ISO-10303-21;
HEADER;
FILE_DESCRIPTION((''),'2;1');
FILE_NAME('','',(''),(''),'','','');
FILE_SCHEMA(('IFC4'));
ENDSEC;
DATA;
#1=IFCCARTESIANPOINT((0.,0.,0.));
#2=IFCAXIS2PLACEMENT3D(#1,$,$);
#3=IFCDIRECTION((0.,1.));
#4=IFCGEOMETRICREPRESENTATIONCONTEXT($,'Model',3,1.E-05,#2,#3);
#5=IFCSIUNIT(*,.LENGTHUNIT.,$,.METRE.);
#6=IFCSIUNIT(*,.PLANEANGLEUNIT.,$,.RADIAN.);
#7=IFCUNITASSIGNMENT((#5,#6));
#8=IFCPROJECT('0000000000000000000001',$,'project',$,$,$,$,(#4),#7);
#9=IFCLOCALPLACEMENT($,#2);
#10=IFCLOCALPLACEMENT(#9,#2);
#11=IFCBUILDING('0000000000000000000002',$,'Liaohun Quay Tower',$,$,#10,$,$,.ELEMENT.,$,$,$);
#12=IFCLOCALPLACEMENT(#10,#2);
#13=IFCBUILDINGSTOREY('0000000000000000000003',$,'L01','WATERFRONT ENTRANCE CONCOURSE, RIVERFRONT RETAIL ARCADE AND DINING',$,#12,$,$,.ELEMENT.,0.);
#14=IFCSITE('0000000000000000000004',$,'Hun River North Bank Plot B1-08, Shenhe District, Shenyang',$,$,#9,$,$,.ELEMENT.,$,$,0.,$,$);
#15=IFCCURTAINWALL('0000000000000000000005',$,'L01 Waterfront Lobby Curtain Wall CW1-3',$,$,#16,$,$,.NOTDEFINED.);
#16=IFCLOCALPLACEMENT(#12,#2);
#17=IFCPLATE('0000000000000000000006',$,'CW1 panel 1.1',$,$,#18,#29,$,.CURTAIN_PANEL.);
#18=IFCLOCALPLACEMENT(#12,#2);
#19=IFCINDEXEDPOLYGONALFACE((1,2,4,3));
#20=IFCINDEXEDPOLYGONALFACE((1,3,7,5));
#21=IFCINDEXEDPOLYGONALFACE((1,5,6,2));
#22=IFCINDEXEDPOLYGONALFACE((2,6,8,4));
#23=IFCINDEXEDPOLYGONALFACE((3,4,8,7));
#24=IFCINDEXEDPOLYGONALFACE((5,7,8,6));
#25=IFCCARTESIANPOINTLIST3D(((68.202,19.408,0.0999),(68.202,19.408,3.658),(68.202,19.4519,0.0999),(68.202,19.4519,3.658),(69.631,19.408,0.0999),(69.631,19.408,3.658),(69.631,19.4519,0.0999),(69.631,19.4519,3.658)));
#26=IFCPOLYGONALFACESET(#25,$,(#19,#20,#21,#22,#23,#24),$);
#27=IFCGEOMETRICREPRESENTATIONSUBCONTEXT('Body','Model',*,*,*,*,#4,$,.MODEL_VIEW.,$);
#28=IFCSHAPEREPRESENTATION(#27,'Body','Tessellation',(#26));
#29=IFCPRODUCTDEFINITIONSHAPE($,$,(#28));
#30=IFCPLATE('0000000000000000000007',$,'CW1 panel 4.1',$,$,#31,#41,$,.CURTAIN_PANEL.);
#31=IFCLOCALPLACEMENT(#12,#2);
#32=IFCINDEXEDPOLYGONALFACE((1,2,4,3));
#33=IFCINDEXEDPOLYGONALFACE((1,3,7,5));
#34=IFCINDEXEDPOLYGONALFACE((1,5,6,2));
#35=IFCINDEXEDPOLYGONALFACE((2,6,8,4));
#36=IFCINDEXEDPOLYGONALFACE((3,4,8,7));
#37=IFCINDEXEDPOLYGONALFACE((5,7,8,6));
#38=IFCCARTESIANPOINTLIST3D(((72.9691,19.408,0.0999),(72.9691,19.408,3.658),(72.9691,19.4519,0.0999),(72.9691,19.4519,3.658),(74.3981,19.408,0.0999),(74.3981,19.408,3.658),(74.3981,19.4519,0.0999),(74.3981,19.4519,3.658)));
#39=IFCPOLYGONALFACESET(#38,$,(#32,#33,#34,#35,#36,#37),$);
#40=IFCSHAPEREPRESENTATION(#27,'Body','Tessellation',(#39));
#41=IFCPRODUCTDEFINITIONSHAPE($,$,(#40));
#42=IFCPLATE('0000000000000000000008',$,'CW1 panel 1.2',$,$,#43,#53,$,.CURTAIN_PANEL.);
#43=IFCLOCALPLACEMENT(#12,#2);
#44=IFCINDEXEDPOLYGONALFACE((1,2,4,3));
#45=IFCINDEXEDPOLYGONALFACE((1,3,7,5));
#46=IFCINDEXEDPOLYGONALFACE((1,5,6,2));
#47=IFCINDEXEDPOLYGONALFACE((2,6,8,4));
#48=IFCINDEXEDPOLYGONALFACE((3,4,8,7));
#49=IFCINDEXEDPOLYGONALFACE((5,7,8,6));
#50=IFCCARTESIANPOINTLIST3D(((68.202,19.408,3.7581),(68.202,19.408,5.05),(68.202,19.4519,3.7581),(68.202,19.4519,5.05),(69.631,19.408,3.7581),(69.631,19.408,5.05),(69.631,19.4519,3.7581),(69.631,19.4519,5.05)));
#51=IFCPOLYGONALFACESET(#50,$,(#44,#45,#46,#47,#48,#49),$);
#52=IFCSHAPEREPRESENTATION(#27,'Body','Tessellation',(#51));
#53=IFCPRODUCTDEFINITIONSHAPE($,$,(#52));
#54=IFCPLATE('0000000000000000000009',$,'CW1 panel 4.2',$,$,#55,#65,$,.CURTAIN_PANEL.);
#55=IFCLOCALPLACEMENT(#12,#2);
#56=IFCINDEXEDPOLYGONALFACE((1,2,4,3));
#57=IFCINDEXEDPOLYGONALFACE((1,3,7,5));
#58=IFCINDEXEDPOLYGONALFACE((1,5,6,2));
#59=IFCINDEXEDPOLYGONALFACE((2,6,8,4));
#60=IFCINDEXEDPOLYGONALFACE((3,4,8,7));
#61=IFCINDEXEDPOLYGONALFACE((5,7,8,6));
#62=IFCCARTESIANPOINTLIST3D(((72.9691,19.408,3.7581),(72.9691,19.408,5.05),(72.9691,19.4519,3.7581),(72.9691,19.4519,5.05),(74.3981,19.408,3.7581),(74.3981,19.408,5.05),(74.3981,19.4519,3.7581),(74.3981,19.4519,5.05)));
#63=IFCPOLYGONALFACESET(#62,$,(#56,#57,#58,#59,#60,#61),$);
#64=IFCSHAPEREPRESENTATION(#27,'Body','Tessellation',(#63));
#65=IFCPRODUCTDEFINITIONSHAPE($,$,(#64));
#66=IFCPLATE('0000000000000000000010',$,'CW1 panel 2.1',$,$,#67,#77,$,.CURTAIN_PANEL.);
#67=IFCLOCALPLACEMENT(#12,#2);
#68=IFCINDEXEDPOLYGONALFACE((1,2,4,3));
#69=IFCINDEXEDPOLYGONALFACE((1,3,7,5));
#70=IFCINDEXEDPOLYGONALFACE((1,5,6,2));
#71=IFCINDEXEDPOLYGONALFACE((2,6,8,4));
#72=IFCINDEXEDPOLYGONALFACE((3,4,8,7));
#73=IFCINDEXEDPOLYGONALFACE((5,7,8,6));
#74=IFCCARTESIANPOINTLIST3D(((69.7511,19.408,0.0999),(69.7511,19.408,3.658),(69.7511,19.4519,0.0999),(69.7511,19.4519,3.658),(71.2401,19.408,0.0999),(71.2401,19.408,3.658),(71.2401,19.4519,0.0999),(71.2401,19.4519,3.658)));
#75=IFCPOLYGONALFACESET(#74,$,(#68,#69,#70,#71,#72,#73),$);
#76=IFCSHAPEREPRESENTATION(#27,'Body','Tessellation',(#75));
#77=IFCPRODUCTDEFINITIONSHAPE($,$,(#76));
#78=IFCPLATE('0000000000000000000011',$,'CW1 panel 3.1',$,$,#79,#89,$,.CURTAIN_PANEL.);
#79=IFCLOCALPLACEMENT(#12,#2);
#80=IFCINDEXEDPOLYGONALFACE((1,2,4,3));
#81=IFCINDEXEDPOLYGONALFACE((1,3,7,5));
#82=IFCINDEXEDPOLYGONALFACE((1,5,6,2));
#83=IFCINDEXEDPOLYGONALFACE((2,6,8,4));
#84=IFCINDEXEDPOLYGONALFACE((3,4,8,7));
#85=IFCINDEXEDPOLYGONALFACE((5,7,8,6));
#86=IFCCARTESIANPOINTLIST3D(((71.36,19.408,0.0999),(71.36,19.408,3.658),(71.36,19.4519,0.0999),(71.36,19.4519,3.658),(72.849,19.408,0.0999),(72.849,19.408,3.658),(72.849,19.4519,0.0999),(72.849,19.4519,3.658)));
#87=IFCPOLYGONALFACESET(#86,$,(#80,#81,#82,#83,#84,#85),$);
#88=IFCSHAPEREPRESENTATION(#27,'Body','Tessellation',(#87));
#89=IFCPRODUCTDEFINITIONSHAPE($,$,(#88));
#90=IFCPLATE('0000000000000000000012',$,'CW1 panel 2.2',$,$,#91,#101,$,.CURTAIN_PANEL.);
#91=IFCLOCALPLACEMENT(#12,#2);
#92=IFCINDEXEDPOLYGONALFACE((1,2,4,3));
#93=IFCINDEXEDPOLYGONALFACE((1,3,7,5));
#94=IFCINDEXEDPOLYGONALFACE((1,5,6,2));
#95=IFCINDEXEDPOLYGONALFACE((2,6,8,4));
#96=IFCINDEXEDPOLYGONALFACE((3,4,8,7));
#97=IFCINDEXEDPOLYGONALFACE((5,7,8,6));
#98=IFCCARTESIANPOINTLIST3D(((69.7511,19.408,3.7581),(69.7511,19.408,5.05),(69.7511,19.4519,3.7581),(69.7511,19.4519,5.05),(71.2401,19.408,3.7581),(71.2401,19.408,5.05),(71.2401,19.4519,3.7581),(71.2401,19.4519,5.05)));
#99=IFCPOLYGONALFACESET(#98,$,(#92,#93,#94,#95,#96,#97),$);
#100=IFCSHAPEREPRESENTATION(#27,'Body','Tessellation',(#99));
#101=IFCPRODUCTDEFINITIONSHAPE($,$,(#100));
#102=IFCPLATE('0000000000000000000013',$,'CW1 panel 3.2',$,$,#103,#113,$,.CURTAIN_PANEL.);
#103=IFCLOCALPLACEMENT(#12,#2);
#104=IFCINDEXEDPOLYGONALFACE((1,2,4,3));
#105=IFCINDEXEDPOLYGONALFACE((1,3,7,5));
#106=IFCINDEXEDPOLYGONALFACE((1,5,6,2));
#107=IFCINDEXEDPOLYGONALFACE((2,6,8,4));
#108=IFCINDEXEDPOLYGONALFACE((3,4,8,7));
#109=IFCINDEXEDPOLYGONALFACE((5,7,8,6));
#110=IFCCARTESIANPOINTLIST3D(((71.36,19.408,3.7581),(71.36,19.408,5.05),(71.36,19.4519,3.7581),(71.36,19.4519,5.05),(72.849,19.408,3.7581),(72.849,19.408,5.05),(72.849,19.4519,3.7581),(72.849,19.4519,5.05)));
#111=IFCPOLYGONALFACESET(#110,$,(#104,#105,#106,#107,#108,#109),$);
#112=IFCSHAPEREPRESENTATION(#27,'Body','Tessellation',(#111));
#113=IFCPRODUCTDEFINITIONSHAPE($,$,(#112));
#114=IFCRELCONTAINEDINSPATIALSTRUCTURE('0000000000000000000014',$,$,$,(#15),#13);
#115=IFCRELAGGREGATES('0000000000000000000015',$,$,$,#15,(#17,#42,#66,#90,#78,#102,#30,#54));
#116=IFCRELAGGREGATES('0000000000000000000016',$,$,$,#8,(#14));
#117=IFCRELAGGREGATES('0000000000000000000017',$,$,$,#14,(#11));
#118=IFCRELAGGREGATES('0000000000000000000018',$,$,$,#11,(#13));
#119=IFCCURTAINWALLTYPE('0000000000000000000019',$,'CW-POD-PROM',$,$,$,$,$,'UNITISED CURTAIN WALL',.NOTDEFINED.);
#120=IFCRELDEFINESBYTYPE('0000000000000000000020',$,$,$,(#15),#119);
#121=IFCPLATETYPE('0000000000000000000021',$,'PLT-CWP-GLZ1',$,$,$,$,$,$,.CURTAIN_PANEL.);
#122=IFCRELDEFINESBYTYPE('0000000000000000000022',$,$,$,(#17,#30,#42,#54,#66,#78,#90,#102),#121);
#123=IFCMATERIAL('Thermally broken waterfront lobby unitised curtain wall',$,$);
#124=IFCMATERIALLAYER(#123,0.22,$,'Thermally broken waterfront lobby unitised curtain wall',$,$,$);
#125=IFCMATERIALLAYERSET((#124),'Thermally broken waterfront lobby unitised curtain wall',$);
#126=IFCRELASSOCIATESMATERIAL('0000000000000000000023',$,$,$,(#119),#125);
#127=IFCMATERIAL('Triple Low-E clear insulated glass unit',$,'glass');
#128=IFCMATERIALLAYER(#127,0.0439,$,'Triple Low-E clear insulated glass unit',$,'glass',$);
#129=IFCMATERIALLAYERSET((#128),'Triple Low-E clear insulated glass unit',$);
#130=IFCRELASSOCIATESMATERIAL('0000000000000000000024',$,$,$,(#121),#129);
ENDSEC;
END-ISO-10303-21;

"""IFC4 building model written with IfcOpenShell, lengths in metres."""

from ifc_helpers import new_model, si_unit, direction, frame, origin, origin_2d, place, context, subcontext, project, spatial, rectangle, extrude, source, transform, mapped, material, layer, layer_set, type_object, element, aggregate, save


model = new_model("IFC4")

# Units and contexts
model_context = context("Model", 3, precision=1e-05, world=origin(), true_north=direction((0.0, 1.0)))
body_context = subcontext(model_context, "Body", "Model", "MODEL_VIEW")
ifc_project = project(units=[si_unit("LENGTHUNIT", "METRE"), si_unit("PLANEANGLEUNIT", "RADIAN")], contexts=[model_context])

# Site, building, storey
site_placement = place(None, origin())
site = spatial("IfcSite", under=ifc_project, at=site_placement, Name="Hun River North Bank Plot B1-08, Shenhe District, Shenyang", CompositionType="ELEMENT", RefElevation=0.0)
building_placement = place(site_placement, origin())
building = spatial("IfcBuilding", under=site, at=building_placement, Name="Liaohun Quay Tower", CompositionType="ELEMENT")
storey_placement = place(building_placement, origin())
storey = spatial("IfcBuildingStorey", under=building, at=storey_placement, Name="L01", Description="WATERFRONT ENTRANCE CONCOURSE, RIVERFRONT RETAIL ARCADE AND DINING", CompositionType="ELEMENT", Elevation=0.0)

# Curtain wall, plates
ifc_material_1 = material(Name="Thermally broken waterfront lobby unitised curtain wall")
ifc_layer_1 = layer(ifc_material_1, 0.22, Name="Thermally broken waterfront lobby unitised curtain wall")
ifc_layer_set_1 = layer_set([ifc_layer_1], Name="Thermally broken waterfront lobby unitised curtain wall")
curtain_wall_type = type_object("IfcCurtainWallType", Name="CW-POD-PROM", ElementType="UNITISED CURTAIN WALL", PredefinedType="NOTDEFINED", material=ifc_layer_set_1)
curtain_wall_placement = place(storey_placement, origin())
curtain_wall = element("IfcCurtainWall", 1, at=curtain_wall_placement, inside=storey, type_object=curtain_wall_type, Name="L01 Waterfront Lobby Curtain Wall CW1-3", PredefinedType="NOTDEFINED")
ifc_material_2 = material(Name="Triple Low-E clear insulated glass unit", Category="glass")
ifc_layer_2 = layer(ifc_material_2, 0.0439, Name="Triple Low-E clear insulated glass unit", Category="glass")
ifc_layer_set_2 = layer_set([ifc_layer_2], Name="Triple Low-E clear insulated glass unit")
plate_type = type_object("IfcPlateType", Name="PLT-CWP-GLZ1", PredefinedType="CURTAIN_PANEL", material=ifc_layer_set_2)
shared_shape_1 = source(origin(), body_context, "Body", "SweptSolid", [
    extrude(rectangle(XDim=1.429, YDim=0.0439, at=origin_2d()), origin(), (0.0, 0.0, 1.0), 3.5581),
])
plate_1_placement = place(storey_placement, frame((68.9165, 19.4299, 0.0999), z_axis=(0.0, 0.0, 1.0), x_axis=(1.0, 0.0, 0.0)))
plate_1 = element("IfcPlate", 2, at=plate_1_placement, type_object=plate_type, Name="CW1 panel 1.1", PredefinedType="CURTAIN_PANEL", context=body_context, shape_type="MappedRepresentation", body=[
    mapped(shared_shape_1, transform((0.0, 0.0, 0.0), x_axis=(1.0, 0.0, 0.0), y_axis=(0.0, 1.0, 0.0), z_axis=(0.0, 0.0, 1.0), scale=1.0)),
])
plate_2_placement = place(storey_placement, frame((73.6836, 19.4299, 0.0999), z_axis=(0.0, 0.0, 1.0), x_axis=(1.0, 0.0, 0.0)))
plate_2 = element("IfcPlate", 3, at=plate_2_placement, type_object=plate_type, Name="CW1 panel 4.1", PredefinedType="CURTAIN_PANEL", context=body_context, shape_type="MappedRepresentation", body=[
    mapped(shared_shape_1, transform((0.0, 0.0, 0.0), x_axis=(1.0, 0.0, 0.0), y_axis=(0.0, 1.0, 0.0), z_axis=(0.0, 0.0, 1.0), scale=1.0)),
])
shared_shape_2 = source(origin(), body_context, "Body", "SweptSolid", [
    extrude(rectangle(XDim=1.429, YDim=0.0439, at=origin_2d()), origin(), (0.0, 0.0, 1.0), 1.292),
])
plate_3_placement = place(storey_placement, frame((68.9165, 19.4299, 3.7581), z_axis=(0.0, 0.0, 1.0), x_axis=(1.0, 0.0, 0.0)))
plate_3 = element("IfcPlate", 4, at=plate_3_placement, type_object=plate_type, Name="CW1 panel 1.2", PredefinedType="CURTAIN_PANEL", context=body_context, shape_type="MappedRepresentation", body=[
    mapped(shared_shape_2, transform((0.0, 0.0, 0.0), x_axis=(1.0, 0.0, 0.0), y_axis=(0.0, 1.0, 0.0), z_axis=(0.0, 0.0, 1.0), scale=1.0)),
])
plate_4_placement = place(storey_placement, frame((73.6836, 19.4299, 3.7581), z_axis=(0.0, 0.0, 1.0), x_axis=(1.0, 0.0, 0.0)))
plate_4 = element("IfcPlate", 5, at=plate_4_placement, type_object=plate_type, Name="CW1 panel 4.2", PredefinedType="CURTAIN_PANEL", context=body_context, shape_type="MappedRepresentation", body=[
    mapped(shared_shape_2, transform((0.0, 0.0, 0.0), x_axis=(1.0, 0.0, 0.0), y_axis=(0.0, 1.0, 0.0), z_axis=(0.0, 0.0, 1.0), scale=1.0)),
])
shared_shape_3 = source(origin(), body_context, "Body", "SweptSolid", [
    extrude(rectangle(XDim=1.489, YDim=0.0439, at=origin_2d()), origin(), (0.0, 0.0, 1.0), 3.5581),
])
plate_5_placement = place(storey_placement, frame((70.4956, 19.4299, 0.0999), z_axis=(0.0, 0.0, 1.0), x_axis=(1.0, 0.0, 0.0)))
plate_5 = element("IfcPlate", 6, at=plate_5_placement, type_object=plate_type, Name="CW1 panel 2.1", PredefinedType="CURTAIN_PANEL", context=body_context, shape_type="MappedRepresentation", body=[
    mapped(shared_shape_3, transform((0.0, 0.0, 0.0), x_axis=(1.0, 0.0, 0.0), y_axis=(0.0, 1.0, 0.0), z_axis=(0.0, 0.0, 1.0), scale=1.0)),
])
plate_6_placement = place(storey_placement, frame((72.1045, 19.4299, 0.0999), z_axis=(0.0, 0.0, 1.0), x_axis=(1.0, 0.0, 0.0)))
plate_6 = element("IfcPlate", 7, at=plate_6_placement, type_object=plate_type, Name="CW1 panel 3.1", PredefinedType="CURTAIN_PANEL", context=body_context, shape_type="MappedRepresentation", body=[
    mapped(shared_shape_3, transform((0.0, 0.0, 0.0), x_axis=(1.0, 0.0, 0.0), y_axis=(0.0, 1.0, 0.0), z_axis=(0.0, 0.0, 1.0), scale=1.0)),
])
shared_shape_4 = source(origin(), body_context, "Body", "SweptSolid", [
    extrude(rectangle(XDim=1.489, YDim=0.0439, at=origin_2d()), origin(), (0.0, 0.0, 1.0), 1.292),
])
plate_7_placement = place(storey_placement, frame((70.4956, 19.4299, 3.7581), z_axis=(0.0, 0.0, 1.0), x_axis=(1.0, 0.0, 0.0)))
plate_7 = element("IfcPlate", 8, at=plate_7_placement, type_object=plate_type, Name="CW1 panel 2.2", PredefinedType="CURTAIN_PANEL", context=body_context, shape_type="MappedRepresentation", body=[
    mapped(shared_shape_4, transform((0.0, 0.0, 0.0), x_axis=(1.0, 0.0, 0.0), y_axis=(0.0, 1.0, 0.0), z_axis=(0.0, 0.0, 1.0), scale=1.0)),
])
plate_8_placement = place(storey_placement, frame((72.1045, 19.4299, 3.7581), z_axis=(0.0, 0.0, 1.0), x_axis=(1.0, 0.0, 0.0)))
plate_8 = element("IfcPlate", 9, at=plate_8_placement, type_object=plate_type, Name="CW1 panel 3.2", PredefinedType="CURTAIN_PANEL", context=body_context, shape_type="MappedRepresentation", body=[
    mapped(shared_shape_4, transform((0.0, 0.0, 0.0), x_axis=(1.0, 0.0, 0.0), y_axis=(0.0, 1.0, 0.0), z_axis=(0.0, 0.0, 1.0), scale=1.0)),
])
aggregate(curtain_wall, [plate_1, plate_3, plate_5, plate_7, plate_6, plate_8, plate_2, plate_4])

save(model, "model.ifc")
